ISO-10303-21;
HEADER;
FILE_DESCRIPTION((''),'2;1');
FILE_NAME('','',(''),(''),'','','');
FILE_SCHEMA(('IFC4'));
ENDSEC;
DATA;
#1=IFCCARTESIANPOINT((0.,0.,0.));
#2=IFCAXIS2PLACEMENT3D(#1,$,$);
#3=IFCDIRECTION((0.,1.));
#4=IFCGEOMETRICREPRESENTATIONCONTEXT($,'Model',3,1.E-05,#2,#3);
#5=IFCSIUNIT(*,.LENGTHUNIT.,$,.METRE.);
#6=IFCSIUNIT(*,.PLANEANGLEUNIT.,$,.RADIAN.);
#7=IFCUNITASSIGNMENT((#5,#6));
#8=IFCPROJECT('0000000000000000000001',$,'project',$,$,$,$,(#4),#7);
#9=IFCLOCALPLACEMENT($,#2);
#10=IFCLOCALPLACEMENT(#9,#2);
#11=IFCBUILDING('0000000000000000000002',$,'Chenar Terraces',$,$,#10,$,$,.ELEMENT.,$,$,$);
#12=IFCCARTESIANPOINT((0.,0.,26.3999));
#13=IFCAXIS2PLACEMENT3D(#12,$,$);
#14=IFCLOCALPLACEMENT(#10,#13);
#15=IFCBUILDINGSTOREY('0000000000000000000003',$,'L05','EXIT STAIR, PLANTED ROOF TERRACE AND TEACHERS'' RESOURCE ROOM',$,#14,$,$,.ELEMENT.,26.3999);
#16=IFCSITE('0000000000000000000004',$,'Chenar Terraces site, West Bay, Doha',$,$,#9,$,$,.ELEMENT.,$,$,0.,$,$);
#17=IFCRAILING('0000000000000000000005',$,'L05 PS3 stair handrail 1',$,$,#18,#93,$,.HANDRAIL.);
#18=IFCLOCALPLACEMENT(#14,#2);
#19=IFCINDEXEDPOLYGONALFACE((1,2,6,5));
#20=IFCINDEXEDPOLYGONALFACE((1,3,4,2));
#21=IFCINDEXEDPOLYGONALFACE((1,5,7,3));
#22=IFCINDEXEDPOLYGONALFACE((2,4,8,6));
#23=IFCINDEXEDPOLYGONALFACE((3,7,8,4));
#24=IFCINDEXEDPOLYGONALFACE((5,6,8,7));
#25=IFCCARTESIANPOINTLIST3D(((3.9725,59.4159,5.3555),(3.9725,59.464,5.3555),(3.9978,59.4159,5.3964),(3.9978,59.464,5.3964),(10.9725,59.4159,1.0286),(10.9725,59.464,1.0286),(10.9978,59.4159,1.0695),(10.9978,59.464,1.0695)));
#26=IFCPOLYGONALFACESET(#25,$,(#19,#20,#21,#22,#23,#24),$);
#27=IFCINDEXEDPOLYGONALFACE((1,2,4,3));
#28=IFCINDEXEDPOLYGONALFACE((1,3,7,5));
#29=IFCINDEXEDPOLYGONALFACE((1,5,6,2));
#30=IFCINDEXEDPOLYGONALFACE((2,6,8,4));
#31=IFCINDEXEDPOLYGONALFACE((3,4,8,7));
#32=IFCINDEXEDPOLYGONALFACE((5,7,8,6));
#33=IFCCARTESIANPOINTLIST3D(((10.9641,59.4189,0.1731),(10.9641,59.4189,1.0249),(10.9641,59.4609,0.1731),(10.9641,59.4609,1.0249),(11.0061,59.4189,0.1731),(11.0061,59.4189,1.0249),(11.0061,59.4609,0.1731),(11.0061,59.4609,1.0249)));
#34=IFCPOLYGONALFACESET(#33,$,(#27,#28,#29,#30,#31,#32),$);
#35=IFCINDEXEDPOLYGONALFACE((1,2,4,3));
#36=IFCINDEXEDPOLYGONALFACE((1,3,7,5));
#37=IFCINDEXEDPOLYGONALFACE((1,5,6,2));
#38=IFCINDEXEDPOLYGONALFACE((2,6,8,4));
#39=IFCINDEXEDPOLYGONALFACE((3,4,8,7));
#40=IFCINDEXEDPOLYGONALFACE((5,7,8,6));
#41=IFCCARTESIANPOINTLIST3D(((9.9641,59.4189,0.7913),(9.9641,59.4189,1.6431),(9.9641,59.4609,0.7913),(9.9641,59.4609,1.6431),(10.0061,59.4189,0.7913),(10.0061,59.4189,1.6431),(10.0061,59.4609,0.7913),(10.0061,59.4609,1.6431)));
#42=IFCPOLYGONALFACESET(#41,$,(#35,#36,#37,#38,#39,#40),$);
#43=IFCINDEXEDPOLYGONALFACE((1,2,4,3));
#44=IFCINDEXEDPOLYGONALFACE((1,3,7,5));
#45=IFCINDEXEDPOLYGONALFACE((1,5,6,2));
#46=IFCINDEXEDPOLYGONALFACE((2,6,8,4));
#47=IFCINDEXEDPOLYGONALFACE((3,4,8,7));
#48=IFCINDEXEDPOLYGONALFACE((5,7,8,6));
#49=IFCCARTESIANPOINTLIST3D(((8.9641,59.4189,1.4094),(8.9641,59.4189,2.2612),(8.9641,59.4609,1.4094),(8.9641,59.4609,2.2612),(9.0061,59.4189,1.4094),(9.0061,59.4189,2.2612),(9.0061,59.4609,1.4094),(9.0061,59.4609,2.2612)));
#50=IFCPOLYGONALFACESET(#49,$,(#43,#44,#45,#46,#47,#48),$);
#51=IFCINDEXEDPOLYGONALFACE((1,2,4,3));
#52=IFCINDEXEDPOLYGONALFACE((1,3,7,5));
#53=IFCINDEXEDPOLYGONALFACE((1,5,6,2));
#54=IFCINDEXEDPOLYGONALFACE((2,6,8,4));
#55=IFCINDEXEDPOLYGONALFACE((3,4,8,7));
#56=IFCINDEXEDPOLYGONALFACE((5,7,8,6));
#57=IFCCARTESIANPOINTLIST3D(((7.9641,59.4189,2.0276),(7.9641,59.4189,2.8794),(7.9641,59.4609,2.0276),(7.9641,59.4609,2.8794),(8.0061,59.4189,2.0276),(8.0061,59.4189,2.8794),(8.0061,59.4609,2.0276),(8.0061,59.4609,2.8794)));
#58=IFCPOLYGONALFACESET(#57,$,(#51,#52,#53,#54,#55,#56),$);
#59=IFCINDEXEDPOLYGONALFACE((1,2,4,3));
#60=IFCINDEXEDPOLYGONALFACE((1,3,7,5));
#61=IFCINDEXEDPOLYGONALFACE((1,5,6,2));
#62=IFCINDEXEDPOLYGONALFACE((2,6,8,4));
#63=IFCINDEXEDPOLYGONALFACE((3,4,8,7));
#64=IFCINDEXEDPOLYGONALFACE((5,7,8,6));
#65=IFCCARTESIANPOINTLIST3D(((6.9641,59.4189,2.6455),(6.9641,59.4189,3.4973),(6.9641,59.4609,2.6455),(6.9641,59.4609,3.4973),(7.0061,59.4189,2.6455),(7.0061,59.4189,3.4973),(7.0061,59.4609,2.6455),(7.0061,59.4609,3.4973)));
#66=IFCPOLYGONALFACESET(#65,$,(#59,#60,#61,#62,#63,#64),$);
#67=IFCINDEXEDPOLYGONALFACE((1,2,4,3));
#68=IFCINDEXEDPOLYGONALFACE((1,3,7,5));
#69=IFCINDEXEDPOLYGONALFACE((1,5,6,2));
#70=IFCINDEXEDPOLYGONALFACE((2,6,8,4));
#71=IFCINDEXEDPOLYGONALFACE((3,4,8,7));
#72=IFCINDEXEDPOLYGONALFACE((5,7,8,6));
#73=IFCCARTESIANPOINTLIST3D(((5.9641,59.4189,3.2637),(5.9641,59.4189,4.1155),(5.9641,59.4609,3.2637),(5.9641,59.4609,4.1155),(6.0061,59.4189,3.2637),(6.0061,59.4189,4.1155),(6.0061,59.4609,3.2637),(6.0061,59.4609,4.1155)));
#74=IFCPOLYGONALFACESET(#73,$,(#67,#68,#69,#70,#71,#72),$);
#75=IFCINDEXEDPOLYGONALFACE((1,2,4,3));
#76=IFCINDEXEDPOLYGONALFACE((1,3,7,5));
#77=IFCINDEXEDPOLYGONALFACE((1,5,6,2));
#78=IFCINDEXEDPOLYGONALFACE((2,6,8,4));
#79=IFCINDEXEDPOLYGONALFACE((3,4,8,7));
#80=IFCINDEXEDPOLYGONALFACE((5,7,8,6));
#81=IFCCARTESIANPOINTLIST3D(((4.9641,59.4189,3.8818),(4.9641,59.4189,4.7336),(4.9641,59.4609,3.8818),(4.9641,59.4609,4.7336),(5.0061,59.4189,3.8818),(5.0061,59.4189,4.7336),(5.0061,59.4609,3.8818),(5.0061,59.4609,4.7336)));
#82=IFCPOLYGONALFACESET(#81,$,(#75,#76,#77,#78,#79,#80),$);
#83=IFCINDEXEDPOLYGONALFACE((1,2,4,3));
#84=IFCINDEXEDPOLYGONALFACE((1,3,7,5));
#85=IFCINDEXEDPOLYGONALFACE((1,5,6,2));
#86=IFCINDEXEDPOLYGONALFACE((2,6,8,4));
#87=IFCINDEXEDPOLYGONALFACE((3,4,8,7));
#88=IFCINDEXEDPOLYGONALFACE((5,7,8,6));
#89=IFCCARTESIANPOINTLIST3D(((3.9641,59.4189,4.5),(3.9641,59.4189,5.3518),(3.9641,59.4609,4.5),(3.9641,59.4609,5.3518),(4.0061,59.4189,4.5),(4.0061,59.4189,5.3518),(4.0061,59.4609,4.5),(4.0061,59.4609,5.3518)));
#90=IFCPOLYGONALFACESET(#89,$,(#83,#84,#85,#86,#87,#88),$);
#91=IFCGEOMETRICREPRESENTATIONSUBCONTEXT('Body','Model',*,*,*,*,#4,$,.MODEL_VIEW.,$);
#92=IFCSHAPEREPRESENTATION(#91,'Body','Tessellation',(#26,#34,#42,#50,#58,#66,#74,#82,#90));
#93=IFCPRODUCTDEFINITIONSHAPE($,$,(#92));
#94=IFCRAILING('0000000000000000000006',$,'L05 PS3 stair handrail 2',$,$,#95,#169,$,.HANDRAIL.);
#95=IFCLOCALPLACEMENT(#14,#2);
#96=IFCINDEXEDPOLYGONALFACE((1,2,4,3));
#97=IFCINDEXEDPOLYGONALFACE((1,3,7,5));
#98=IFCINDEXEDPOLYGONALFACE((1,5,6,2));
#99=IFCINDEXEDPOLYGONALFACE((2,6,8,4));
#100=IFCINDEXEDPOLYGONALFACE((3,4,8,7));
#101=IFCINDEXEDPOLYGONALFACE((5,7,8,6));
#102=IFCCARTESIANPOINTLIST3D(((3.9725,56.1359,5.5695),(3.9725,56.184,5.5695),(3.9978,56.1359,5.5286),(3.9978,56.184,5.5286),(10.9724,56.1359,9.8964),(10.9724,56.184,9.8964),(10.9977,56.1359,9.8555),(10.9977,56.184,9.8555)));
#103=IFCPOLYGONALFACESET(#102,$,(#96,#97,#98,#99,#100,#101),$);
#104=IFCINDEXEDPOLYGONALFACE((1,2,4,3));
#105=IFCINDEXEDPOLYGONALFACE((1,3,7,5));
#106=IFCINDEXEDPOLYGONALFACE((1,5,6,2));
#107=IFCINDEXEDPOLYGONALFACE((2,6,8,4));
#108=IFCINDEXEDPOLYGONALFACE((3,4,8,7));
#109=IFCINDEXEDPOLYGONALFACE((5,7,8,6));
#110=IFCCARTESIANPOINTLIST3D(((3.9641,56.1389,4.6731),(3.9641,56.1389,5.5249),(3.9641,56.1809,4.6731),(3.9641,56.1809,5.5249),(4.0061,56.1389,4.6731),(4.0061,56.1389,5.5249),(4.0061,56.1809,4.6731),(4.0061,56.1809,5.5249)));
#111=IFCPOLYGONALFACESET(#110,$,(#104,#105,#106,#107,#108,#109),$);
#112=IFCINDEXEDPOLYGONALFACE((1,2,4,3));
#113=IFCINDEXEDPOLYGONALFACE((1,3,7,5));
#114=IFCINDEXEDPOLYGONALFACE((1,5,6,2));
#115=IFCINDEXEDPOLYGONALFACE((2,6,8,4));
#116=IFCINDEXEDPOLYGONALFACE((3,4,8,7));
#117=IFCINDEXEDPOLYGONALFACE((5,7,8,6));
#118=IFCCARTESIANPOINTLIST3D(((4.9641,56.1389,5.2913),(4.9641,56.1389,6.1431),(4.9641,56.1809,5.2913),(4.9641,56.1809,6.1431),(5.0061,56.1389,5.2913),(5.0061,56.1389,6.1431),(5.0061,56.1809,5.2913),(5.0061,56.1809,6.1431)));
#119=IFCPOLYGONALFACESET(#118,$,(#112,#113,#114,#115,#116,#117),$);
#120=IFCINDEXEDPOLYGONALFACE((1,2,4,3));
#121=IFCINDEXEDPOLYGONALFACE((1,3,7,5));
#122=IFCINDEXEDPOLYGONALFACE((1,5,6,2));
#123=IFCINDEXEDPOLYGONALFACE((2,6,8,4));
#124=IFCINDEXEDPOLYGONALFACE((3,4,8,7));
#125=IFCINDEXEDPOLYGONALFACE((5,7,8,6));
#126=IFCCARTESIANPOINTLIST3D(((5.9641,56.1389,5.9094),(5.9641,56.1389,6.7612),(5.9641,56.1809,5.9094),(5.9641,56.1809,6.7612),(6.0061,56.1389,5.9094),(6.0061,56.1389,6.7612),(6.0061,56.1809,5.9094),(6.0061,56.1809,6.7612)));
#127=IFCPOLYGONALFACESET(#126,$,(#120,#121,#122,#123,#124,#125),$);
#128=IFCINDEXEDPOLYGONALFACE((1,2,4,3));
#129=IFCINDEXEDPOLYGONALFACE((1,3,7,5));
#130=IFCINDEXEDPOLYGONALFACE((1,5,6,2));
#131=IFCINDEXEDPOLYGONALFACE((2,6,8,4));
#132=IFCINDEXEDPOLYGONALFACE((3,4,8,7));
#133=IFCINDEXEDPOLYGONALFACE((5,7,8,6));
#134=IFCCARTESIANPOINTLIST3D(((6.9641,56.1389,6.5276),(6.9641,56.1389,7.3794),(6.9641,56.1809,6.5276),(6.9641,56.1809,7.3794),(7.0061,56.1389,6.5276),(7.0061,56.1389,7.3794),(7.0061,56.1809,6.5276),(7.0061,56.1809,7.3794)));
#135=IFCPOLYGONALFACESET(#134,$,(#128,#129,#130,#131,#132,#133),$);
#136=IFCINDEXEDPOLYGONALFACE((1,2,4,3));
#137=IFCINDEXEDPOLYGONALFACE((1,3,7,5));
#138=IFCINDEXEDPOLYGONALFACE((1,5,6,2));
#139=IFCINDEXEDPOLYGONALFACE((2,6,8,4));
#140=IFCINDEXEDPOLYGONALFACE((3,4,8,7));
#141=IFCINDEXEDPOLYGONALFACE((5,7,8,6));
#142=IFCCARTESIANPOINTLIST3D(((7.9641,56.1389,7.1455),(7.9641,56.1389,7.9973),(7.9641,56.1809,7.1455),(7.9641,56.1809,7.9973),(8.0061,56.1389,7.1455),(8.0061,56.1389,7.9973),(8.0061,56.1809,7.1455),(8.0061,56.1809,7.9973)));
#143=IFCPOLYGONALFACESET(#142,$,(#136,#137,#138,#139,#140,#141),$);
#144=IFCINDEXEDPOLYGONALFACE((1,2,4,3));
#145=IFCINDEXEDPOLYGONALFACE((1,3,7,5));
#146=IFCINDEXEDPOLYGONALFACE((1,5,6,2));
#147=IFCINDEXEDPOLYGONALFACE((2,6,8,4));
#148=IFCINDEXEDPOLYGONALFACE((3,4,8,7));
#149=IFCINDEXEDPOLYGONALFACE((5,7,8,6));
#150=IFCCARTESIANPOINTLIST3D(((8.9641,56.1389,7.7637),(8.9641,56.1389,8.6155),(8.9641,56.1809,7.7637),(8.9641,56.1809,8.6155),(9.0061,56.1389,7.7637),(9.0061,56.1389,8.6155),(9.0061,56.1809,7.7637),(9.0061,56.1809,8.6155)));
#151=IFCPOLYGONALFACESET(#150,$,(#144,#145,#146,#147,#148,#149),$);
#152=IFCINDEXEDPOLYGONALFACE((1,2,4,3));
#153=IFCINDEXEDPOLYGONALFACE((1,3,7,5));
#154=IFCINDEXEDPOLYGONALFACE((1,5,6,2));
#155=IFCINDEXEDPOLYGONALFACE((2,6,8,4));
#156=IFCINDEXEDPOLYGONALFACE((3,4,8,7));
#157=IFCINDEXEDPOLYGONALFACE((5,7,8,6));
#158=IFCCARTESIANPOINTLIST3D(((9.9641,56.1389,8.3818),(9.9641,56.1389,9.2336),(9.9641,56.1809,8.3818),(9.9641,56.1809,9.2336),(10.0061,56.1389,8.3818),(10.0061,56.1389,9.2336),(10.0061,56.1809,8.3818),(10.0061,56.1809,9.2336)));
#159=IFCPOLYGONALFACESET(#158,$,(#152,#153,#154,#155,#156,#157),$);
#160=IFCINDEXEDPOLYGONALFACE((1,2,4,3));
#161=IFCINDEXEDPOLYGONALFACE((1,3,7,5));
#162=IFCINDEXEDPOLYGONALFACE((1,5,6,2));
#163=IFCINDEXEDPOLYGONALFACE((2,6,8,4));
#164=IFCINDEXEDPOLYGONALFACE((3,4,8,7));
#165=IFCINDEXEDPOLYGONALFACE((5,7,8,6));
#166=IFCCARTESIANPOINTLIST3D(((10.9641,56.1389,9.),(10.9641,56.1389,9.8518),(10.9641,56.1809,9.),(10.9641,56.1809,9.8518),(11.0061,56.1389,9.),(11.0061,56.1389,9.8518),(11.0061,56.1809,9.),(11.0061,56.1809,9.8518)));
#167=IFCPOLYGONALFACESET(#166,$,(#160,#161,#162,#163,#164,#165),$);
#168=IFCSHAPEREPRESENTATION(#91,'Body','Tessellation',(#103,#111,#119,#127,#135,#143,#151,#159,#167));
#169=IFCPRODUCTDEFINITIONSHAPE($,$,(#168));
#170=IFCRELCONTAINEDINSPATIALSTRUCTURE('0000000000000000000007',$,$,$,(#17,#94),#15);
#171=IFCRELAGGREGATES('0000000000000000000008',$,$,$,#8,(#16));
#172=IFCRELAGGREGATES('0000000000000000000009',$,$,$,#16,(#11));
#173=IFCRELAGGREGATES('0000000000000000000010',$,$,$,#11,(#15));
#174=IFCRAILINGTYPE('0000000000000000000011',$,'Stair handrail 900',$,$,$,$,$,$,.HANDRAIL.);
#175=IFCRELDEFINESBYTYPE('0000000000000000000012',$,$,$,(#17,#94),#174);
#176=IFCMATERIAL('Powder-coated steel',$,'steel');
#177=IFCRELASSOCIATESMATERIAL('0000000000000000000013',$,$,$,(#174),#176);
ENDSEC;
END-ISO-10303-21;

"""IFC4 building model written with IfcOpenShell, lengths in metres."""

from ifc_helpers import new_model, si_unit, direction, frame, origin, origin_2d, place, context, subcontext, project, spatial, rectangle, extrude, material, type_object, element, save


model = new_model("IFC4")

# Units and contexts
model_context = context("Model", 3, precision=1e-05, world=origin(), true_north=direction((0.0, 1.0)))
body_context = subcontext(model_context, "Body", "Model", "MODEL_VIEW")
ifc_project = project(units=[si_unit("LENGTHUNIT", "METRE"), si_unit("PLANEANGLEUNIT", "RADIAN")], contexts=[model_context])

# Site, building, storey
site_placement = place(None, origin())
site = spatial("IfcSite", under=ifc_project, at=site_placement, Name="Chenar Terraces site, West Bay, Doha", CompositionType="ELEMENT", RefElevation=0.0)
building_placement = place(site_placement, origin())
building = spatial("IfcBuilding", under=site, at=building_placement, Name="Chenar Terraces", CompositionType="ELEMENT")
storey_placement = place(building_placement, frame((0.0, 0.0, 26.3999)))
storey = spatial("IfcBuildingStorey", under=building, at=storey_placement, Name="L05", Description="EXIT STAIR, PLANTED ROOF TERRACE AND TEACHERS' RESOURCE ROOM", CompositionType="ELEMENT", Elevation=26.3999)

# Railings
ifc_material_1 = material(Name="Powder-coated steel", Category="steel")
railing_type_1 = type_object("IfcRailingType", Name="Stair handrail 900", PredefinedType="HANDRAIL", material=ifc_material_1)
railing_1_placement = place(storey_placement, frame((10.9851, 59.4399, 0.1731)))
element("IfcRailing", 1, at=railing_1_placement, inside=storey, type_object=railing_type_1, Name="L05 PS3 stair handrail 1", PredefinedType="HANDRAIL", context=body_context, shape_type="SweptSolid", body=[
    extrude(rectangle(XDim=0.0481, YDim=0.0481, at=origin_2d()), frame((0.0, 0.0, 0.876), z_axis=(-0.850615, 0.0, 0.52579), x_axis=(0.0, -1.0, 0.0)), (0.0, 0.0, 1.0), 8.2292),
    extrude(rectangle(XDim=0.042, YDim=0.042, at=origin_2d()), origin(), (0.0, 0.0, 1.0), 0.8518),
    extrude(rectangle(XDim=0.042, YDim=0.042, at=origin_2d()), frame((-1.0, 0.0, 0.6182)), (0.0, 0.0, 1.0), 0.8518),
    extrude(rectangle(XDim=0.042, YDim=0.042, at=origin_2d()), frame((-2.0, 0.0, 1.2363)), (0.0, 0.0, 1.0), 0.8518),
    extrude(rectangle(XDim=0.042, YDim=0.042, at=origin_2d()), frame((-3.0, 0.0, 1.8545)), (0.0, 0.0, 1.0), 0.8518),
    extrude(rectangle(XDim=0.042, YDim=0.042, at=origin_2d()), frame((-4.0, 0.0, 2.4724)), (0.0, 0.0, 1.0), 0.8518),
    extrude(rectangle(XDim=0.042, YDim=0.042, at=origin_2d()), frame((-5.0, 0.0, 3.0906)), (0.0, 0.0, 1.0), 0.8518),
    extrude(rectangle(XDim=0.042, YDim=0.042, at=origin_2d()), frame((-6.0, 0.0, 3.7087)), (0.0, 0.0, 1.0), 0.8518),
    extrude(rectangle(XDim=0.042, YDim=0.042, at=origin_2d()), frame((-7.0, 0.0, 4.3269)), (0.0, 0.0, 1.0), 0.8518),
])
railing_2_placement = place(storey_placement, frame((3.9851, 56.1599, 4.6731)))
element("IfcRailing", 2, at=railing_2_placement, inside=storey, type_object=railing_type_1, Name="L05 PS3 stair handrail 2", PredefinedType="HANDRAIL", context=body_context, shape_type="SweptSolid", body=[
    extrude(rectangle(XDim=0.0481, YDim=0.0481, at=origin_2d()), frame((0.0, 0.0, 0.876), z_axis=(0.850615, 0.0, 0.52579), x_axis=(0.0, 1.0, 0.0)), (0.0, 0.0, 1.0), 8.2292),
    extrude(rectangle(XDim=0.042, YDim=0.042, at=origin_2d()), origin(), (0.0, 0.0, 1.0), 0.8518),
    extrude(rectangle(XDim=0.042, YDim=0.042, at=origin_2d()), frame((1.0, 0.0, 0.6182)), (0.0, 0.0, 1.0), 0.8518),
    extrude(rectangle(XDim=0.042, YDim=0.042, at=origin_2d()), frame((2.0, 0.0, 1.2363)), (0.0, 0.0, 1.0), 0.8518),
    extrude(rectangle(XDim=0.042, YDim=0.042, at=origin_2d()), frame((3.0, 0.0, 1.8545)), (0.0, 0.0, 1.0), 0.8518),
    extrude(rectangle(XDim=0.042, YDim=0.042, at=origin_2d()), frame((4.0, 0.0, 2.4724)), (0.0, 0.0, 1.0), 0.8518),
    extrude(rectangle(XDim=0.042, YDim=0.042, at=origin_2d()), frame((5.0, 0.0, 3.0906)), (0.0, 0.0, 1.0), 0.8518),
    extrude(rectangle(XDim=0.042, YDim=0.042, at=origin_2d()), frame((6.0, 0.0, 3.7087)), (0.0, 0.0, 1.0), 0.8518),
    extrude(rectangle(XDim=0.042, YDim=0.042, at=origin_2d()), frame((7.0, 0.0, 4.3269)), (0.0, 0.0, 1.0), 0.8518),
])

save(model, "model.ifc")
